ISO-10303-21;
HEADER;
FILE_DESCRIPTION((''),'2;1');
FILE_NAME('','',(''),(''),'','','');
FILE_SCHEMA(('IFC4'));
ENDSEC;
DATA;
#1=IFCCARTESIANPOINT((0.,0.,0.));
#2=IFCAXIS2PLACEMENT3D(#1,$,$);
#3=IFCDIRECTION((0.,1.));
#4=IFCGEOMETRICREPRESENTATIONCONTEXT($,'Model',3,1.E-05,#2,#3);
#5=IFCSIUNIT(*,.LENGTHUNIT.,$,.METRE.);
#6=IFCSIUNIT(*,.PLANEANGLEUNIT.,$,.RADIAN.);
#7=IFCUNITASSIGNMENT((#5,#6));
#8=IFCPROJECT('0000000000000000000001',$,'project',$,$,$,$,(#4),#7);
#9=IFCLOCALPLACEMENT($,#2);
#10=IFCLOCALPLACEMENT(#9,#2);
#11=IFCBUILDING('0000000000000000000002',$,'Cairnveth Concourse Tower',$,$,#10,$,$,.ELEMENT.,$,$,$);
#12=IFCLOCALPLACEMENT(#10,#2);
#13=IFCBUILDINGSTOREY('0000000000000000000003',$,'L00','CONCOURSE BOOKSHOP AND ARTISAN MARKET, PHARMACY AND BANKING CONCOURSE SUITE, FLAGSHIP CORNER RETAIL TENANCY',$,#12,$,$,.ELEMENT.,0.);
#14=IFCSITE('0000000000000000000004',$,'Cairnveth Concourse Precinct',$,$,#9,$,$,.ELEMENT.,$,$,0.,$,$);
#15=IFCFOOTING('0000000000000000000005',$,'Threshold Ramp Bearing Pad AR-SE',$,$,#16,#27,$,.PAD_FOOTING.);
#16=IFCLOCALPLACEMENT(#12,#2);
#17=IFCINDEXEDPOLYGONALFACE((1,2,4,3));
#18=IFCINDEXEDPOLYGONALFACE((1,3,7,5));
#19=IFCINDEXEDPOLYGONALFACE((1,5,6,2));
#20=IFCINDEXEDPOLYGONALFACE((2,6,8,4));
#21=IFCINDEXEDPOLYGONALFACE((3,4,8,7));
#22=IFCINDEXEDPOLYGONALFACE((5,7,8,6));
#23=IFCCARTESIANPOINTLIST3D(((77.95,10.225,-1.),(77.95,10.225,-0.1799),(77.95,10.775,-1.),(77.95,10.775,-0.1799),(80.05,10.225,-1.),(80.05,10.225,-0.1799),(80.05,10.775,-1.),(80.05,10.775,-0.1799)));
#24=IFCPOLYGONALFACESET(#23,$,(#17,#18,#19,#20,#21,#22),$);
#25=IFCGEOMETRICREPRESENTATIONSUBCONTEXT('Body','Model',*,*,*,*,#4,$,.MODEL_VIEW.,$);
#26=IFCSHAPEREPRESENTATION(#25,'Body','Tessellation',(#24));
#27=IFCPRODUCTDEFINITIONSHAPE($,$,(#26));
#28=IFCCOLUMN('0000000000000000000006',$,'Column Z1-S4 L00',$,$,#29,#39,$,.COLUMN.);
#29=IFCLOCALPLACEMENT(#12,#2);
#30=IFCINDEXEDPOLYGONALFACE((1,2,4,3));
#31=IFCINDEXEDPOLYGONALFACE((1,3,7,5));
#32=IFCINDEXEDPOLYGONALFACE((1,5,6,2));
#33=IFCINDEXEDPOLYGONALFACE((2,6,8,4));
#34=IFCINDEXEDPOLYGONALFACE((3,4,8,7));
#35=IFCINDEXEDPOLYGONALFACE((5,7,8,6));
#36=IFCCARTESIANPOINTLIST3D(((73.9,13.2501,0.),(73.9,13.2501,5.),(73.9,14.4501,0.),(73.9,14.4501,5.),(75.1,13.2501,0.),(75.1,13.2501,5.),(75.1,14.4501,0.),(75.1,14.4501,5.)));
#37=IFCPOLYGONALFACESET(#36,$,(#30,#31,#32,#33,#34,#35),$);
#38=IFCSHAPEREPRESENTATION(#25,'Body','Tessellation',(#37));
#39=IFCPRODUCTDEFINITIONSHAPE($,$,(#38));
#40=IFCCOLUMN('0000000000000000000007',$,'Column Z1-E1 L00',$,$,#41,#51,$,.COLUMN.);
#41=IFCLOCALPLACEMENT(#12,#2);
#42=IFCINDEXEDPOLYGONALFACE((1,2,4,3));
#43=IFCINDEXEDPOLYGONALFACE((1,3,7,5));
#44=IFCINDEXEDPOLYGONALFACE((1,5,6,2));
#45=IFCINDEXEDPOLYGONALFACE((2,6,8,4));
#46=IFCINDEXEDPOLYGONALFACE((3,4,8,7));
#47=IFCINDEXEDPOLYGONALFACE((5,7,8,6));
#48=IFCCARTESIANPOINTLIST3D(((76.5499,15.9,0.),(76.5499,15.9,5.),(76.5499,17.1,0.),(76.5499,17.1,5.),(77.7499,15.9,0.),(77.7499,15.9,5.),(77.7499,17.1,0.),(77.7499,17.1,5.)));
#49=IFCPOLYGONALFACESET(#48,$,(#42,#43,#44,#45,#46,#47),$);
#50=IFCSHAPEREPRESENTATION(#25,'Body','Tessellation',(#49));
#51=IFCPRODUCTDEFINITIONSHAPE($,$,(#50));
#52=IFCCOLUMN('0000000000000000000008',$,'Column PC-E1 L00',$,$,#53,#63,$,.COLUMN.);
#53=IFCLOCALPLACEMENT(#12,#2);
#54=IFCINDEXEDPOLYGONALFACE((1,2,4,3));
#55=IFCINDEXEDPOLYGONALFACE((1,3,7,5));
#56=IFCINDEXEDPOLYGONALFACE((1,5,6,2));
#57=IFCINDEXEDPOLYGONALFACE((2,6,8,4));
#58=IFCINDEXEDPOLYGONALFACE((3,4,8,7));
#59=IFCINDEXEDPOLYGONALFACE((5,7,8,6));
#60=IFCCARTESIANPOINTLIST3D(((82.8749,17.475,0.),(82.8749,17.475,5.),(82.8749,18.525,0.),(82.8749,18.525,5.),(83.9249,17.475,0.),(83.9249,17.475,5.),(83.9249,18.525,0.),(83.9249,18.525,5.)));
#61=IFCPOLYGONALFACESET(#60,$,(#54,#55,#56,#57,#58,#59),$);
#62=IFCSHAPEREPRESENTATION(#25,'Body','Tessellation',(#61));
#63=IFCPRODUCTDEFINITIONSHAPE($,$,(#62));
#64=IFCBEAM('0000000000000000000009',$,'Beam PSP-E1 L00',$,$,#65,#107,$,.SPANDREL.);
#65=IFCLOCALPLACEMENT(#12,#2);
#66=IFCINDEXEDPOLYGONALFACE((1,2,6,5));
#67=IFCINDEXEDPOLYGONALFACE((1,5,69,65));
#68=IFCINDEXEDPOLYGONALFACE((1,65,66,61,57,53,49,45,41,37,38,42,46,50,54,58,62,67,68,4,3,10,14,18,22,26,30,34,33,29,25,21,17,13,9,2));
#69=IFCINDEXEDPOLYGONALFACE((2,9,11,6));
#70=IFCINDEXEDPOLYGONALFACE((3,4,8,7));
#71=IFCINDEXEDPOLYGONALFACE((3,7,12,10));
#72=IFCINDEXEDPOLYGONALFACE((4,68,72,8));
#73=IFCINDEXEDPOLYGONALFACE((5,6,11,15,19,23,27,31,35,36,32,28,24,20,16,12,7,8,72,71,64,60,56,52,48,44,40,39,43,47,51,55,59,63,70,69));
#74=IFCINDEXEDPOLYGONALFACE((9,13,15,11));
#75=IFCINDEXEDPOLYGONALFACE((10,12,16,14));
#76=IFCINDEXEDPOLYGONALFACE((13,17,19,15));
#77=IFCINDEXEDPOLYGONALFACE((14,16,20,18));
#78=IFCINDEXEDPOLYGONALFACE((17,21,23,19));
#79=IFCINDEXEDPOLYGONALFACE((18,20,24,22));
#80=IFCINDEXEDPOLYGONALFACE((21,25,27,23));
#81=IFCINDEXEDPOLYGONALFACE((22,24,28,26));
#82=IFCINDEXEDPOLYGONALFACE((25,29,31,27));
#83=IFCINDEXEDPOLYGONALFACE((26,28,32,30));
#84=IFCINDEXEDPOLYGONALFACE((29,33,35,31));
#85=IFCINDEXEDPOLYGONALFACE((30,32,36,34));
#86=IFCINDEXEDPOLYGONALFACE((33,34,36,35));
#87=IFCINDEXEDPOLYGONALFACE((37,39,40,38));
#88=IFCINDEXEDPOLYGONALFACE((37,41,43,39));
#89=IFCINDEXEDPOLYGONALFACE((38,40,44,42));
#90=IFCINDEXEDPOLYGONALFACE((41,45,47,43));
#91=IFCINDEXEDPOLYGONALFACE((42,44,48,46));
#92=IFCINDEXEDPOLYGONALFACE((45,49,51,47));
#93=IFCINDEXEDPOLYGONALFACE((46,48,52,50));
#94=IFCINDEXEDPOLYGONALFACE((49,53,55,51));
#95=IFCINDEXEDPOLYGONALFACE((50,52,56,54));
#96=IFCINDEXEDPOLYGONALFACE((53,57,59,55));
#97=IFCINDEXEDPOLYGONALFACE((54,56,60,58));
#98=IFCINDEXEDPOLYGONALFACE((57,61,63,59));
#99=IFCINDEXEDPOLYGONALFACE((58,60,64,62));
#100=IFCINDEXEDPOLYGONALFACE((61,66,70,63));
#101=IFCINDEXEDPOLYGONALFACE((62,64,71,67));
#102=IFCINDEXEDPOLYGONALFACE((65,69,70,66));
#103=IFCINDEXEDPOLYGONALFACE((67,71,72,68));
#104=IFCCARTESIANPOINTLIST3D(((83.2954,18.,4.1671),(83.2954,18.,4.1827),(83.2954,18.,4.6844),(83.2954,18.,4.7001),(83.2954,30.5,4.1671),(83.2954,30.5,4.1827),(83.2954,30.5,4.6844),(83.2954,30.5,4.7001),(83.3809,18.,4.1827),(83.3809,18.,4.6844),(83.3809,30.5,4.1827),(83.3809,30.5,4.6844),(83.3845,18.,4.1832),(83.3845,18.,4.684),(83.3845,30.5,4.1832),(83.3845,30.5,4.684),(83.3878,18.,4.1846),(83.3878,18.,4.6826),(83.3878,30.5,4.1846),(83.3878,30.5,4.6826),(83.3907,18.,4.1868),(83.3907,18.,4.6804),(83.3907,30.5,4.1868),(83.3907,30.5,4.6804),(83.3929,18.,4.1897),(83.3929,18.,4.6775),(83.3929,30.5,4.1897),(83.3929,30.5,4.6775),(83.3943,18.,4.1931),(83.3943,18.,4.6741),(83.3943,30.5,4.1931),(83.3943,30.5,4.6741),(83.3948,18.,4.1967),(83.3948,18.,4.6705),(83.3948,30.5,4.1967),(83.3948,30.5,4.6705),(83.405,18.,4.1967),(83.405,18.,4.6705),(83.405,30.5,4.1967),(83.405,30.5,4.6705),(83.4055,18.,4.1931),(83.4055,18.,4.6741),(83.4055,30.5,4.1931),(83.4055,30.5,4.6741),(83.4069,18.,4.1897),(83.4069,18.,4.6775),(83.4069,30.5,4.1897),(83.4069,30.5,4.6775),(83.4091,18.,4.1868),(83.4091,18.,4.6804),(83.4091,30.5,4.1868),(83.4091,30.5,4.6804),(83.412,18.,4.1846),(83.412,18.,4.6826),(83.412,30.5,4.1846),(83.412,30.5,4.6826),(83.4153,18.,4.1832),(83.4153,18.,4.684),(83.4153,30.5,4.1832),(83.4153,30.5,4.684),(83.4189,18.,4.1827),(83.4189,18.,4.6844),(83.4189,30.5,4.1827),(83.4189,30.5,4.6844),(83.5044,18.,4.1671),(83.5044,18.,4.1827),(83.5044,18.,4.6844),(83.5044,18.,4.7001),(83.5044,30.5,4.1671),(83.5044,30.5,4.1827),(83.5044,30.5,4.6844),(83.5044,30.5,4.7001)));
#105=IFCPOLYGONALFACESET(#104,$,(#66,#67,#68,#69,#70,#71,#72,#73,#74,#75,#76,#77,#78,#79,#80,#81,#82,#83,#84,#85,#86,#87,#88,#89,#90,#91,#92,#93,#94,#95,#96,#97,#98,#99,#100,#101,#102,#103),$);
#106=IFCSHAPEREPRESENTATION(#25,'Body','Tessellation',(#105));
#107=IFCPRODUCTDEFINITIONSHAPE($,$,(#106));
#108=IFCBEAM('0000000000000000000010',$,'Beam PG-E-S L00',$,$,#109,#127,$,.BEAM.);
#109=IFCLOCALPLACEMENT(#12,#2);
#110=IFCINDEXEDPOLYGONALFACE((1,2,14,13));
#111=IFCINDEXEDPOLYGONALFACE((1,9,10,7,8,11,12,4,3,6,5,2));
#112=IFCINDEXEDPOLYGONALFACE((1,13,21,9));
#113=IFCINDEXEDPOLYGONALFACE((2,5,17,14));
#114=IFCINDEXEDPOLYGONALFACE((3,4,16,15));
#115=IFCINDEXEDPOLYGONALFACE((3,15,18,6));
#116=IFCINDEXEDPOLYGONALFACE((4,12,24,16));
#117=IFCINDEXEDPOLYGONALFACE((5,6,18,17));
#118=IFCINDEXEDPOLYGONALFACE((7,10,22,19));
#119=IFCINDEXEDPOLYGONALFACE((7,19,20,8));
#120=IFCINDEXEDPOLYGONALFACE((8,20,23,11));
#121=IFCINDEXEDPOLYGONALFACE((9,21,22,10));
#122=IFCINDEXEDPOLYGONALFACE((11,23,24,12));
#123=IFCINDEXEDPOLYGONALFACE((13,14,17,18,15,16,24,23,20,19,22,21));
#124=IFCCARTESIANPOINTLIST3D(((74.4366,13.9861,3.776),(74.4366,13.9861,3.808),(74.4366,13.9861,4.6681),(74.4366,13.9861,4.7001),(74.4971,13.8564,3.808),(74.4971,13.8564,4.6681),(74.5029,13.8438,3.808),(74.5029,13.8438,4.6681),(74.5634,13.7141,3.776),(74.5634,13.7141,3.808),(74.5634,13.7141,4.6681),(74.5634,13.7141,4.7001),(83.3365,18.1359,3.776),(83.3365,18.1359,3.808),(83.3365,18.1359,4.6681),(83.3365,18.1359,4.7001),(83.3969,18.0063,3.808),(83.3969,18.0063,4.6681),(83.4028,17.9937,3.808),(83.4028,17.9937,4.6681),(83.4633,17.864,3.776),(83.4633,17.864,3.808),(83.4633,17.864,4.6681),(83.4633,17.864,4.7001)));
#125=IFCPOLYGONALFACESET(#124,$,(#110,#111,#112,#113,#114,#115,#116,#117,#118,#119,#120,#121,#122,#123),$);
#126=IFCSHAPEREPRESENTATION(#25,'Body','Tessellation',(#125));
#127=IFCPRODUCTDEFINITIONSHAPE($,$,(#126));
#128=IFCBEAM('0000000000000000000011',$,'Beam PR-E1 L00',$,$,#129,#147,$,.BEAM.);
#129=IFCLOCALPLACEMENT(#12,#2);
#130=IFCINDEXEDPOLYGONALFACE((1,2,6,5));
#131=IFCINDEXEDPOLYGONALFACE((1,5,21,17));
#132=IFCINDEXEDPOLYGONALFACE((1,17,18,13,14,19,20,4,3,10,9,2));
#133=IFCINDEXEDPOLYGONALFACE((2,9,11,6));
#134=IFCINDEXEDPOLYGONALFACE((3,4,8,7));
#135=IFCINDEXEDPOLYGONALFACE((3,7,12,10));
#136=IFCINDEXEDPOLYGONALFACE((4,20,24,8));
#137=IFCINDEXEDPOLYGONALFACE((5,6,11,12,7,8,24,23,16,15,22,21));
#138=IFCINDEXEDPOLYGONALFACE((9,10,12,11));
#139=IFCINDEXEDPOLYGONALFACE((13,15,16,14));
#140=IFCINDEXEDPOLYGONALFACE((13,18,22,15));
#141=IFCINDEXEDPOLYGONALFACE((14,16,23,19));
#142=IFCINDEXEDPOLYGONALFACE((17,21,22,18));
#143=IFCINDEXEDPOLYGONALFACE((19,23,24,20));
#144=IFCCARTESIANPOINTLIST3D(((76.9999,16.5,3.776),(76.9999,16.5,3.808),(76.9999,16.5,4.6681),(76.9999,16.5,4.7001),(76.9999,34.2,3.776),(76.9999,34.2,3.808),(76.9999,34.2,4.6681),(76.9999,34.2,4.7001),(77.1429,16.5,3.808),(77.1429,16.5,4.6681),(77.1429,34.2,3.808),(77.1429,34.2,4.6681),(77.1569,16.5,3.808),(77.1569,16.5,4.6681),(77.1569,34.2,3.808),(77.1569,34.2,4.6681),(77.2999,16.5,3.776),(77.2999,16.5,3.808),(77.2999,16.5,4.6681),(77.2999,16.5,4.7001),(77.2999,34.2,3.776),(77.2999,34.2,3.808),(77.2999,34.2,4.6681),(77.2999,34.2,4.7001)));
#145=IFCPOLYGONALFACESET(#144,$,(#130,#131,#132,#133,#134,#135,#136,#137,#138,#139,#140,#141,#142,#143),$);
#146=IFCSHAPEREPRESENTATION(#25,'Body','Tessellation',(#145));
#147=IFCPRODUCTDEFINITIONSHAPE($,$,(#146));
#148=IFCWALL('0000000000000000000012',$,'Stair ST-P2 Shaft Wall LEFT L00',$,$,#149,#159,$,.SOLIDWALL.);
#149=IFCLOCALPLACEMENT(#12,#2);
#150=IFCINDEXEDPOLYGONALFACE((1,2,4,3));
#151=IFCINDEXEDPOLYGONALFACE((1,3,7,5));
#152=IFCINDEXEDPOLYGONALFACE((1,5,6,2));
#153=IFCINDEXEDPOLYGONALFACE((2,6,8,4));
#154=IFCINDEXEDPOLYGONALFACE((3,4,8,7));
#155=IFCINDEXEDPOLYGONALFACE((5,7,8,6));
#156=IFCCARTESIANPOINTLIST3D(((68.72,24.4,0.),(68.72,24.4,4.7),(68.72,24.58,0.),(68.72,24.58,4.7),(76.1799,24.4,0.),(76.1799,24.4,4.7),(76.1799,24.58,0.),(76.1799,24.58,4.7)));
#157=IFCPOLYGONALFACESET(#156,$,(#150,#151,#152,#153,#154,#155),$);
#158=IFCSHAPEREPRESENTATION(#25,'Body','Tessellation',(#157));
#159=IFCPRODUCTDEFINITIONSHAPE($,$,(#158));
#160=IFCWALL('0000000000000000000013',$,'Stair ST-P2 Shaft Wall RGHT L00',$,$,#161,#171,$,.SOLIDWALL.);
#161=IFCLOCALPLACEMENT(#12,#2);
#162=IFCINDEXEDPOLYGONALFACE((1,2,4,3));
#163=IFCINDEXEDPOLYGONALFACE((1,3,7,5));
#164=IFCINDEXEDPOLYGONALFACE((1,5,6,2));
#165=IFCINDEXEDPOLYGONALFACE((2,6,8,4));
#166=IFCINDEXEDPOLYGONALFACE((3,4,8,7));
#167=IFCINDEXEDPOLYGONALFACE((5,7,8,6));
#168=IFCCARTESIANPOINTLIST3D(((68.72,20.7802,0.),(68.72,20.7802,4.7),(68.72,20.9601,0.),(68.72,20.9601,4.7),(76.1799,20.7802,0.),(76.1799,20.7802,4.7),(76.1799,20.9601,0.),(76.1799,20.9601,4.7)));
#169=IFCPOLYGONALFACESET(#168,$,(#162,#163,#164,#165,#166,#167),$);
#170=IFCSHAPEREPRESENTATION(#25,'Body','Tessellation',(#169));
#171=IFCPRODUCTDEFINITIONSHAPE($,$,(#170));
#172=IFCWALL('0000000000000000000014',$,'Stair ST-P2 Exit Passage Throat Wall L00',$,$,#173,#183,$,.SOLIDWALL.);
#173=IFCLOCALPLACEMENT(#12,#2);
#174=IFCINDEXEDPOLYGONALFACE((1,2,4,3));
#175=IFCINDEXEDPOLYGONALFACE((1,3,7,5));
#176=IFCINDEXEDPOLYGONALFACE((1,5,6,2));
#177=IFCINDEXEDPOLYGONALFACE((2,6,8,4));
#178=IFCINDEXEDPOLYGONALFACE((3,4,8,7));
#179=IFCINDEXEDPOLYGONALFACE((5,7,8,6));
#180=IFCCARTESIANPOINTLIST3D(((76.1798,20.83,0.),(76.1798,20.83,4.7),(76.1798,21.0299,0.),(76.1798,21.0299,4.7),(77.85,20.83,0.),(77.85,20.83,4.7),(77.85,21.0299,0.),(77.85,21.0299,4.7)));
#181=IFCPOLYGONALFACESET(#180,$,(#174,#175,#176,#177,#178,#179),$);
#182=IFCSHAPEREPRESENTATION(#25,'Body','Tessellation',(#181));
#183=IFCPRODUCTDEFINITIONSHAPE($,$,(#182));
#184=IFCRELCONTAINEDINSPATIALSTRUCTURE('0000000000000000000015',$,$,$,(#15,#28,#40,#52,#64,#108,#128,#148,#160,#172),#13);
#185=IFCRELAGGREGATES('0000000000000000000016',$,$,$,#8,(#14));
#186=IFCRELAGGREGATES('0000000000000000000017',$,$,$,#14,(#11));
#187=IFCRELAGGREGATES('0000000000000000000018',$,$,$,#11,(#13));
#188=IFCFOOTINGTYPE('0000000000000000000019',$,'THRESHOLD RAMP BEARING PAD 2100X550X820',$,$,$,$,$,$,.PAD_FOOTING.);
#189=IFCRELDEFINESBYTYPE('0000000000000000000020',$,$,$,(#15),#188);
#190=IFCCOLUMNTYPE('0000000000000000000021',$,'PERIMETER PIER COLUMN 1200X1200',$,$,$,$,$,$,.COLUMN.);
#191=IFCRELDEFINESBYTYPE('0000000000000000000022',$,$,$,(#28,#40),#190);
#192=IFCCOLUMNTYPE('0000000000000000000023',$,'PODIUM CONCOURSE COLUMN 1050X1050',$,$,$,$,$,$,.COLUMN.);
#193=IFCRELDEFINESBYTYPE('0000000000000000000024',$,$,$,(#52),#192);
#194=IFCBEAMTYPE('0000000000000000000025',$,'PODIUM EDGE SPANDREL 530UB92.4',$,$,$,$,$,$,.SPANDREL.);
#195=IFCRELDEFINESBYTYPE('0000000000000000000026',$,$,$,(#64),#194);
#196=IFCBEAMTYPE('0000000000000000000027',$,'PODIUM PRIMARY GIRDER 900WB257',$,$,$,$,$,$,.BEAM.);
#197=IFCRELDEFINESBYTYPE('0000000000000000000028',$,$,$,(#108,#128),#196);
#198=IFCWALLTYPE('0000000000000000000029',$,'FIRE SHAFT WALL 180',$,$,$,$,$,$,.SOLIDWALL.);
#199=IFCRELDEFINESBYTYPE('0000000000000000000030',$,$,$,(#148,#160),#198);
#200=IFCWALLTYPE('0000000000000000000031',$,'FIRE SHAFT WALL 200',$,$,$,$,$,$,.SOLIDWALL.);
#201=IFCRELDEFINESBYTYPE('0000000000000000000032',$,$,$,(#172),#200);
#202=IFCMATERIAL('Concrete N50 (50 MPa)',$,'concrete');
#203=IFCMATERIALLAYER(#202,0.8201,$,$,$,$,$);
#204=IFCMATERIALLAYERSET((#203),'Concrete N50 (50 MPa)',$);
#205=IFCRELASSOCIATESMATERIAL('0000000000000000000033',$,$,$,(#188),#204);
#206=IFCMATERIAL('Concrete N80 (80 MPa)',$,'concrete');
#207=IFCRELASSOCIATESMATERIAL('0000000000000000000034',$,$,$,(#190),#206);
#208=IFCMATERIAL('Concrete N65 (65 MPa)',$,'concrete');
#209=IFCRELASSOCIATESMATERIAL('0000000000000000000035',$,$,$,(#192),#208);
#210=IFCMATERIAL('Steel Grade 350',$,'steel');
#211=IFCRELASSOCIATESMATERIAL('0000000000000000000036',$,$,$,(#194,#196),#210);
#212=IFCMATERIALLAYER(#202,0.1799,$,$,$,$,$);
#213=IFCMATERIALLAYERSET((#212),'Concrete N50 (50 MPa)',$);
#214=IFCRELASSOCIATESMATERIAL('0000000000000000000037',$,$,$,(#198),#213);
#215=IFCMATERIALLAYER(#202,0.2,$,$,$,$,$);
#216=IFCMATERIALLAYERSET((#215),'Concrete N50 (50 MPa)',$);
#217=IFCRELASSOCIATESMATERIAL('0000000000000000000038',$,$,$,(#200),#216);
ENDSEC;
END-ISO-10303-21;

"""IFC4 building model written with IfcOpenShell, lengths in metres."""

from ifc_helpers import new_model, si_unit, direction, frame, frame_2d, origin, origin_2d, place, context, subcontext, project, spatial, rectangle, i_section, extrude, material, layer, layer_set, material_profile, profile_set, type_object, element, save


model = new_model("IFC4")

# Units and contexts
model_context = context("Model", 3, precision=1e-05, world=origin(), true_north=direction((0.0, 1.0)))
body_context = subcontext(model_context, "Body", "Model", "MODEL_VIEW")
ifc_project = project(units=[si_unit("LENGTHUNIT", "METRE"), si_unit("PLANEANGLEUNIT", "RADIAN")], contexts=[model_context])

# Site, building, storey
site_placement = place(None, origin())
site = spatial("IfcSite", under=ifc_project, at=site_placement, Name="Cairnveth Concourse Precinct", CompositionType="ELEMENT", RefElevation=0.0)
building_placement = place(site_placement, origin())
building = spatial("IfcBuilding", under=site, at=building_placement, Name="Cairnveth Concourse Tower", CompositionType="ELEMENT")
storey_placement = place(building_placement, origin())
storey = spatial("IfcBuildingStorey", under=building, at=storey_placement, Name="L00", Description="CONCOURSE BOOKSHOP AND ARTISAN MARKET, PHARMACY AND BANKING CONCOURSE SUITE, FLAGSHIP CORNER RETAIL TENANCY", CompositionType="ELEMENT", Elevation=0.0)

# Footing
ifc_material_1 = material(Name="Concrete N50 (50 MPa)", Category="concrete")
ifc_layer_1 = layer(ifc_material_1, 0.8201)
ifc_layer_set_1 = layer_set([ifc_layer_1], Name="Concrete N50 (50 MPa)")
footing_type = type_object("IfcFootingType", Name="THRESHOLD RAMP BEARING PAD 2100X550X820", PredefinedType="PAD_FOOTING", material=ifc_layer_set_1)
footing_placement = place(storey_placement, frame((79.0, 10.5, -1.0), z_axis=(0.0, 0.0, 1.0), x_axis=(1.0, 0.0, 0.0)))
element("IfcFooting", 1, at=footing_placement, inside=storey, type_object=footing_type, Name="Threshold Ramp Bearing Pad AR-SE", PredefinedType="PAD_FOOTING", context=body_context, shape_type="SweptSolid", body=[
    extrude(rectangle(XDim=2.1001, YDim=0.55, at=origin_2d()), origin(), (0.0, 0.0, 1.0), 0.8201),
])

# Columns
ifc_material_2 = material(Name="Concrete N80 (80 MPa)", Category="concrete")
ifc_material_profile_1 = material_profile(ifc_material_2, rectangle(XDim=1.2, YDim=1.2, at=origin_2d()), Name="RC-COL-1200x1200")
ifc_profile_set_1 = profile_set([ifc_material_profile_1], Name="Concrete N80 (80 MPa)")
column_type_1 = type_object("IfcColumnType", Name="PERIMETER PIER COLUMN 1200X1200", PredefinedType="COLUMN", material=ifc_profile_set_1)
for number, where, z_axis, x_axis, name in (
    (2, (74.5, 13.8501, 0.0), (0.0, 0.0, 1.0), (1.0, 0.0, 0.0), "Column Z1-S4 L00"),
    (3, (77.1499, 16.5, 0.0), (0.0, 0.0, 1.0), (1.0, 0.0, 0.0), "Column Z1-E1 L00"),
):
    element("IfcColumn", number, at=place(storey_placement, frame(where, z_axis=z_axis, x_axis=x_axis)), inside=storey, type_object=column_type_1, Name=name, PredefinedType="COLUMN", context=body_context, shape_type="SweptSolid", body=[
        extrude(rectangle(XDim=1.2, YDim=1.2, at=origin_2d()), origin(), (0.0, 0.0, 1.0), 5.0),
    ])
ifc_material_3 = material(Name="Concrete N65 (65 MPa)", Category="concrete")
ifc_material_profile_2 = material_profile(ifc_material_3, rectangle(XDim=1.05, YDim=1.05, at=origin_2d()), Name="RC-COL-1050x1050")
ifc_profile_set_2 = profile_set([ifc_material_profile_2], Name="Concrete N65 (65 MPa)")
column_type_2 = type_object("IfcColumnType", Name="PODIUM CONCOURSE COLUMN 1050X1050", PredefinedType="COLUMN", material=ifc_profile_set_2)
column_placement = place(storey_placement, frame((83.3999, 18.0, 0.0), z_axis=(0.0, 0.0, 1.0), x_axis=(1.0, 0.0, 0.0)))
element("IfcColumn", 4, at=column_placement, inside=storey, type_object=column_type_2, Name="Column PC-E1 L00", PredefinedType="COLUMN", context=body_context, shape_type="SweptSolid", body=[
    extrude(rectangle(XDim=1.05, YDim=1.05, at=origin_2d()), origin(), (0.0, 0.0, 1.0), 5.0),
])

# Beams
ifc_material_4 = material(Name="Steel Grade 350", Category="steel")
ifc_material_profile_3 = material_profile(ifc_material_4, i_section(OverallWidth=0.209, OverallDepth=0.533, WebThickness=0.0103, FlangeThickness=0.0156, FilletRadius=0.0139, at=origin_2d()), Name="530UB92.4")
ifc_profile_set_3 = profile_set([ifc_material_profile_3], Name="Steel Grade 350")
beam_type_1 = type_object("IfcBeamType", Name="PODIUM EDGE SPANDREL 530UB92.4", PredefinedType="SPANDREL", material=ifc_profile_set_3)
beam_1_placement = place(storey_placement, frame((83.3999, 18.0, 4.4336), z_axis=(0.0, 1.0, 0.0), x_axis=(-1.0, 0.0, 0.0)))
element("IfcBeam", 5, at=beam_1_placement, inside=storey, type_object=beam_type_1, Name="Beam PSP-E1 L00", PredefinedType="SPANDREL", context=body_context, shape_type="SweptSolid", body=[
    extrude(i_section(OverallWidth=0.209, OverallDepth=0.533, WebThickness=0.0103, FlangeThickness=0.0156, FilletRadius=0.0139, at=origin_2d()), origin(), (0.0, 0.0, 1.0), 12.5),
])
ifc_material_profile_4 = material_profile(ifc_material_4, i_section(OverallWidth=0.3, OverallDepth=0.9241, WebThickness=0.0139, FlangeThickness=0.032, at=origin_2d()), Name="900WB257")
ifc_profile_set_4 = profile_set([ifc_material_profile_4], Name="Steel Grade 350")
beam_type_2 = type_object("IfcBeamType", Name="PODIUM PRIMARY GIRDER 900WB257", PredefinedType="BEAM", material=ifc_profile_set_4)
beam_2_placement = place(storey_placement, frame((74.5, 13.8501, 4.238), z_axis=(0.906315, 0.422602, 0.0), x_axis=(-0.422602, 0.906315, 0.0)))
element("IfcBeam", 6, at=beam_2_placement, inside=storey, type_object=beam_type_2, Name="Beam PG-E-S L00", PredefinedType="BEAM", context=body_context, shape_type="SweptSolid", body=[
    extrude(i_section(OverallWidth=0.3, OverallDepth=0.9241, WebThickness=0.0139, FlangeThickness=0.032, at=origin_2d()), origin(), (0.0, 0.0, 1.0), 9.8198),
])
beam_3_placement = place(storey_placement, frame((77.1499, 16.5, 4.238), z_axis=(0.0, 1.0, 0.0), x_axis=(-1.0, 0.0, 0.0)))
element("IfcBeam", 7, at=beam_3_placement, inside=storey, type_object=beam_type_2, Name="Beam PR-E1 L00", PredefinedType="BEAM", context=body_context, shape_type="SweptSolid", body=[
    extrude(i_section(OverallWidth=0.3, OverallDepth=0.9241, WebThickness=0.0139, FlangeThickness=0.032, at=origin_2d()), origin(), (0.0, 0.0, 1.0), 17.7),
])

# Shared definitions
ifc_layer_2 = layer(ifc_material_1, 0.1799)
ifc_layer_set_2 = layer_set([ifc_layer_2], Name="Concrete N50 (50 MPa)")
wall_type_1 = type_object("IfcWallType", Name="FIRE SHAFT WALL 180", PredefinedType="SOLIDWALL", material=ifc_layer_set_2)

# Walls
for number, where, z_axis, x_axis, name in (
    (8, (76.1799, 24.49, 0.0), (0.0, 0.0, 1.0), (-1.0, 0.0, 0.0), "Stair ST-P2 Shaft Wall LEFT L00"),
    (9, (76.1799, 20.8701, 0.0), (0.0, 0.0, 1.0), (-1.0, 0.0, 0.0), "Stair ST-P2 Shaft Wall RGHT L00"),
):
    element("IfcWall", number, at=place(storey_placement, frame(where, z_axis=z_axis, x_axis=x_axis)), inside=storey, type_object=wall_type_1, Name=name, PredefinedType="SOLIDWALL", context=body_context, shape_type="SweptSolid", body=[
        extrude(rectangle(XDim=7.46, YDim=0.1799, at=frame_2d((3.73, 0.0))), origin(), (0.0, 0.0, 1.0), 4.7),
    ])
ifc_layer_3 = layer(ifc_material_1, 0.2)
ifc_layer_set_3 = layer_set([ifc_layer_3], Name="Concrete N50 (50 MPa)")
wall_type_2 = type_object("IfcWallType", Name="FIRE SHAFT WALL 200", PredefinedType="SOLIDWALL", material=ifc_layer_set_3)
wall_1_placement = place(storey_placement, frame((76.1799, 20.9299, 0.0), z_axis=(0.0, 0.0, 1.0), x_axis=(1.0, 0.0, 0.0)))
element("IfcWall", 10, at=wall_1_placement, inside=storey, type_object=wall_type_2, Name="Stair ST-P2 Exit Passage Throat Wall L00", PredefinedType="SOLIDWALL", context=body_context, shape_type="SweptSolid", body=[
    extrude(rectangle(XDim=1.6702, YDim=0.2, at=frame_2d((0.835, 0.0))), origin(), (0.0, 0.0, 1.0), 4.7),
])

save(model, "model.ifc")
